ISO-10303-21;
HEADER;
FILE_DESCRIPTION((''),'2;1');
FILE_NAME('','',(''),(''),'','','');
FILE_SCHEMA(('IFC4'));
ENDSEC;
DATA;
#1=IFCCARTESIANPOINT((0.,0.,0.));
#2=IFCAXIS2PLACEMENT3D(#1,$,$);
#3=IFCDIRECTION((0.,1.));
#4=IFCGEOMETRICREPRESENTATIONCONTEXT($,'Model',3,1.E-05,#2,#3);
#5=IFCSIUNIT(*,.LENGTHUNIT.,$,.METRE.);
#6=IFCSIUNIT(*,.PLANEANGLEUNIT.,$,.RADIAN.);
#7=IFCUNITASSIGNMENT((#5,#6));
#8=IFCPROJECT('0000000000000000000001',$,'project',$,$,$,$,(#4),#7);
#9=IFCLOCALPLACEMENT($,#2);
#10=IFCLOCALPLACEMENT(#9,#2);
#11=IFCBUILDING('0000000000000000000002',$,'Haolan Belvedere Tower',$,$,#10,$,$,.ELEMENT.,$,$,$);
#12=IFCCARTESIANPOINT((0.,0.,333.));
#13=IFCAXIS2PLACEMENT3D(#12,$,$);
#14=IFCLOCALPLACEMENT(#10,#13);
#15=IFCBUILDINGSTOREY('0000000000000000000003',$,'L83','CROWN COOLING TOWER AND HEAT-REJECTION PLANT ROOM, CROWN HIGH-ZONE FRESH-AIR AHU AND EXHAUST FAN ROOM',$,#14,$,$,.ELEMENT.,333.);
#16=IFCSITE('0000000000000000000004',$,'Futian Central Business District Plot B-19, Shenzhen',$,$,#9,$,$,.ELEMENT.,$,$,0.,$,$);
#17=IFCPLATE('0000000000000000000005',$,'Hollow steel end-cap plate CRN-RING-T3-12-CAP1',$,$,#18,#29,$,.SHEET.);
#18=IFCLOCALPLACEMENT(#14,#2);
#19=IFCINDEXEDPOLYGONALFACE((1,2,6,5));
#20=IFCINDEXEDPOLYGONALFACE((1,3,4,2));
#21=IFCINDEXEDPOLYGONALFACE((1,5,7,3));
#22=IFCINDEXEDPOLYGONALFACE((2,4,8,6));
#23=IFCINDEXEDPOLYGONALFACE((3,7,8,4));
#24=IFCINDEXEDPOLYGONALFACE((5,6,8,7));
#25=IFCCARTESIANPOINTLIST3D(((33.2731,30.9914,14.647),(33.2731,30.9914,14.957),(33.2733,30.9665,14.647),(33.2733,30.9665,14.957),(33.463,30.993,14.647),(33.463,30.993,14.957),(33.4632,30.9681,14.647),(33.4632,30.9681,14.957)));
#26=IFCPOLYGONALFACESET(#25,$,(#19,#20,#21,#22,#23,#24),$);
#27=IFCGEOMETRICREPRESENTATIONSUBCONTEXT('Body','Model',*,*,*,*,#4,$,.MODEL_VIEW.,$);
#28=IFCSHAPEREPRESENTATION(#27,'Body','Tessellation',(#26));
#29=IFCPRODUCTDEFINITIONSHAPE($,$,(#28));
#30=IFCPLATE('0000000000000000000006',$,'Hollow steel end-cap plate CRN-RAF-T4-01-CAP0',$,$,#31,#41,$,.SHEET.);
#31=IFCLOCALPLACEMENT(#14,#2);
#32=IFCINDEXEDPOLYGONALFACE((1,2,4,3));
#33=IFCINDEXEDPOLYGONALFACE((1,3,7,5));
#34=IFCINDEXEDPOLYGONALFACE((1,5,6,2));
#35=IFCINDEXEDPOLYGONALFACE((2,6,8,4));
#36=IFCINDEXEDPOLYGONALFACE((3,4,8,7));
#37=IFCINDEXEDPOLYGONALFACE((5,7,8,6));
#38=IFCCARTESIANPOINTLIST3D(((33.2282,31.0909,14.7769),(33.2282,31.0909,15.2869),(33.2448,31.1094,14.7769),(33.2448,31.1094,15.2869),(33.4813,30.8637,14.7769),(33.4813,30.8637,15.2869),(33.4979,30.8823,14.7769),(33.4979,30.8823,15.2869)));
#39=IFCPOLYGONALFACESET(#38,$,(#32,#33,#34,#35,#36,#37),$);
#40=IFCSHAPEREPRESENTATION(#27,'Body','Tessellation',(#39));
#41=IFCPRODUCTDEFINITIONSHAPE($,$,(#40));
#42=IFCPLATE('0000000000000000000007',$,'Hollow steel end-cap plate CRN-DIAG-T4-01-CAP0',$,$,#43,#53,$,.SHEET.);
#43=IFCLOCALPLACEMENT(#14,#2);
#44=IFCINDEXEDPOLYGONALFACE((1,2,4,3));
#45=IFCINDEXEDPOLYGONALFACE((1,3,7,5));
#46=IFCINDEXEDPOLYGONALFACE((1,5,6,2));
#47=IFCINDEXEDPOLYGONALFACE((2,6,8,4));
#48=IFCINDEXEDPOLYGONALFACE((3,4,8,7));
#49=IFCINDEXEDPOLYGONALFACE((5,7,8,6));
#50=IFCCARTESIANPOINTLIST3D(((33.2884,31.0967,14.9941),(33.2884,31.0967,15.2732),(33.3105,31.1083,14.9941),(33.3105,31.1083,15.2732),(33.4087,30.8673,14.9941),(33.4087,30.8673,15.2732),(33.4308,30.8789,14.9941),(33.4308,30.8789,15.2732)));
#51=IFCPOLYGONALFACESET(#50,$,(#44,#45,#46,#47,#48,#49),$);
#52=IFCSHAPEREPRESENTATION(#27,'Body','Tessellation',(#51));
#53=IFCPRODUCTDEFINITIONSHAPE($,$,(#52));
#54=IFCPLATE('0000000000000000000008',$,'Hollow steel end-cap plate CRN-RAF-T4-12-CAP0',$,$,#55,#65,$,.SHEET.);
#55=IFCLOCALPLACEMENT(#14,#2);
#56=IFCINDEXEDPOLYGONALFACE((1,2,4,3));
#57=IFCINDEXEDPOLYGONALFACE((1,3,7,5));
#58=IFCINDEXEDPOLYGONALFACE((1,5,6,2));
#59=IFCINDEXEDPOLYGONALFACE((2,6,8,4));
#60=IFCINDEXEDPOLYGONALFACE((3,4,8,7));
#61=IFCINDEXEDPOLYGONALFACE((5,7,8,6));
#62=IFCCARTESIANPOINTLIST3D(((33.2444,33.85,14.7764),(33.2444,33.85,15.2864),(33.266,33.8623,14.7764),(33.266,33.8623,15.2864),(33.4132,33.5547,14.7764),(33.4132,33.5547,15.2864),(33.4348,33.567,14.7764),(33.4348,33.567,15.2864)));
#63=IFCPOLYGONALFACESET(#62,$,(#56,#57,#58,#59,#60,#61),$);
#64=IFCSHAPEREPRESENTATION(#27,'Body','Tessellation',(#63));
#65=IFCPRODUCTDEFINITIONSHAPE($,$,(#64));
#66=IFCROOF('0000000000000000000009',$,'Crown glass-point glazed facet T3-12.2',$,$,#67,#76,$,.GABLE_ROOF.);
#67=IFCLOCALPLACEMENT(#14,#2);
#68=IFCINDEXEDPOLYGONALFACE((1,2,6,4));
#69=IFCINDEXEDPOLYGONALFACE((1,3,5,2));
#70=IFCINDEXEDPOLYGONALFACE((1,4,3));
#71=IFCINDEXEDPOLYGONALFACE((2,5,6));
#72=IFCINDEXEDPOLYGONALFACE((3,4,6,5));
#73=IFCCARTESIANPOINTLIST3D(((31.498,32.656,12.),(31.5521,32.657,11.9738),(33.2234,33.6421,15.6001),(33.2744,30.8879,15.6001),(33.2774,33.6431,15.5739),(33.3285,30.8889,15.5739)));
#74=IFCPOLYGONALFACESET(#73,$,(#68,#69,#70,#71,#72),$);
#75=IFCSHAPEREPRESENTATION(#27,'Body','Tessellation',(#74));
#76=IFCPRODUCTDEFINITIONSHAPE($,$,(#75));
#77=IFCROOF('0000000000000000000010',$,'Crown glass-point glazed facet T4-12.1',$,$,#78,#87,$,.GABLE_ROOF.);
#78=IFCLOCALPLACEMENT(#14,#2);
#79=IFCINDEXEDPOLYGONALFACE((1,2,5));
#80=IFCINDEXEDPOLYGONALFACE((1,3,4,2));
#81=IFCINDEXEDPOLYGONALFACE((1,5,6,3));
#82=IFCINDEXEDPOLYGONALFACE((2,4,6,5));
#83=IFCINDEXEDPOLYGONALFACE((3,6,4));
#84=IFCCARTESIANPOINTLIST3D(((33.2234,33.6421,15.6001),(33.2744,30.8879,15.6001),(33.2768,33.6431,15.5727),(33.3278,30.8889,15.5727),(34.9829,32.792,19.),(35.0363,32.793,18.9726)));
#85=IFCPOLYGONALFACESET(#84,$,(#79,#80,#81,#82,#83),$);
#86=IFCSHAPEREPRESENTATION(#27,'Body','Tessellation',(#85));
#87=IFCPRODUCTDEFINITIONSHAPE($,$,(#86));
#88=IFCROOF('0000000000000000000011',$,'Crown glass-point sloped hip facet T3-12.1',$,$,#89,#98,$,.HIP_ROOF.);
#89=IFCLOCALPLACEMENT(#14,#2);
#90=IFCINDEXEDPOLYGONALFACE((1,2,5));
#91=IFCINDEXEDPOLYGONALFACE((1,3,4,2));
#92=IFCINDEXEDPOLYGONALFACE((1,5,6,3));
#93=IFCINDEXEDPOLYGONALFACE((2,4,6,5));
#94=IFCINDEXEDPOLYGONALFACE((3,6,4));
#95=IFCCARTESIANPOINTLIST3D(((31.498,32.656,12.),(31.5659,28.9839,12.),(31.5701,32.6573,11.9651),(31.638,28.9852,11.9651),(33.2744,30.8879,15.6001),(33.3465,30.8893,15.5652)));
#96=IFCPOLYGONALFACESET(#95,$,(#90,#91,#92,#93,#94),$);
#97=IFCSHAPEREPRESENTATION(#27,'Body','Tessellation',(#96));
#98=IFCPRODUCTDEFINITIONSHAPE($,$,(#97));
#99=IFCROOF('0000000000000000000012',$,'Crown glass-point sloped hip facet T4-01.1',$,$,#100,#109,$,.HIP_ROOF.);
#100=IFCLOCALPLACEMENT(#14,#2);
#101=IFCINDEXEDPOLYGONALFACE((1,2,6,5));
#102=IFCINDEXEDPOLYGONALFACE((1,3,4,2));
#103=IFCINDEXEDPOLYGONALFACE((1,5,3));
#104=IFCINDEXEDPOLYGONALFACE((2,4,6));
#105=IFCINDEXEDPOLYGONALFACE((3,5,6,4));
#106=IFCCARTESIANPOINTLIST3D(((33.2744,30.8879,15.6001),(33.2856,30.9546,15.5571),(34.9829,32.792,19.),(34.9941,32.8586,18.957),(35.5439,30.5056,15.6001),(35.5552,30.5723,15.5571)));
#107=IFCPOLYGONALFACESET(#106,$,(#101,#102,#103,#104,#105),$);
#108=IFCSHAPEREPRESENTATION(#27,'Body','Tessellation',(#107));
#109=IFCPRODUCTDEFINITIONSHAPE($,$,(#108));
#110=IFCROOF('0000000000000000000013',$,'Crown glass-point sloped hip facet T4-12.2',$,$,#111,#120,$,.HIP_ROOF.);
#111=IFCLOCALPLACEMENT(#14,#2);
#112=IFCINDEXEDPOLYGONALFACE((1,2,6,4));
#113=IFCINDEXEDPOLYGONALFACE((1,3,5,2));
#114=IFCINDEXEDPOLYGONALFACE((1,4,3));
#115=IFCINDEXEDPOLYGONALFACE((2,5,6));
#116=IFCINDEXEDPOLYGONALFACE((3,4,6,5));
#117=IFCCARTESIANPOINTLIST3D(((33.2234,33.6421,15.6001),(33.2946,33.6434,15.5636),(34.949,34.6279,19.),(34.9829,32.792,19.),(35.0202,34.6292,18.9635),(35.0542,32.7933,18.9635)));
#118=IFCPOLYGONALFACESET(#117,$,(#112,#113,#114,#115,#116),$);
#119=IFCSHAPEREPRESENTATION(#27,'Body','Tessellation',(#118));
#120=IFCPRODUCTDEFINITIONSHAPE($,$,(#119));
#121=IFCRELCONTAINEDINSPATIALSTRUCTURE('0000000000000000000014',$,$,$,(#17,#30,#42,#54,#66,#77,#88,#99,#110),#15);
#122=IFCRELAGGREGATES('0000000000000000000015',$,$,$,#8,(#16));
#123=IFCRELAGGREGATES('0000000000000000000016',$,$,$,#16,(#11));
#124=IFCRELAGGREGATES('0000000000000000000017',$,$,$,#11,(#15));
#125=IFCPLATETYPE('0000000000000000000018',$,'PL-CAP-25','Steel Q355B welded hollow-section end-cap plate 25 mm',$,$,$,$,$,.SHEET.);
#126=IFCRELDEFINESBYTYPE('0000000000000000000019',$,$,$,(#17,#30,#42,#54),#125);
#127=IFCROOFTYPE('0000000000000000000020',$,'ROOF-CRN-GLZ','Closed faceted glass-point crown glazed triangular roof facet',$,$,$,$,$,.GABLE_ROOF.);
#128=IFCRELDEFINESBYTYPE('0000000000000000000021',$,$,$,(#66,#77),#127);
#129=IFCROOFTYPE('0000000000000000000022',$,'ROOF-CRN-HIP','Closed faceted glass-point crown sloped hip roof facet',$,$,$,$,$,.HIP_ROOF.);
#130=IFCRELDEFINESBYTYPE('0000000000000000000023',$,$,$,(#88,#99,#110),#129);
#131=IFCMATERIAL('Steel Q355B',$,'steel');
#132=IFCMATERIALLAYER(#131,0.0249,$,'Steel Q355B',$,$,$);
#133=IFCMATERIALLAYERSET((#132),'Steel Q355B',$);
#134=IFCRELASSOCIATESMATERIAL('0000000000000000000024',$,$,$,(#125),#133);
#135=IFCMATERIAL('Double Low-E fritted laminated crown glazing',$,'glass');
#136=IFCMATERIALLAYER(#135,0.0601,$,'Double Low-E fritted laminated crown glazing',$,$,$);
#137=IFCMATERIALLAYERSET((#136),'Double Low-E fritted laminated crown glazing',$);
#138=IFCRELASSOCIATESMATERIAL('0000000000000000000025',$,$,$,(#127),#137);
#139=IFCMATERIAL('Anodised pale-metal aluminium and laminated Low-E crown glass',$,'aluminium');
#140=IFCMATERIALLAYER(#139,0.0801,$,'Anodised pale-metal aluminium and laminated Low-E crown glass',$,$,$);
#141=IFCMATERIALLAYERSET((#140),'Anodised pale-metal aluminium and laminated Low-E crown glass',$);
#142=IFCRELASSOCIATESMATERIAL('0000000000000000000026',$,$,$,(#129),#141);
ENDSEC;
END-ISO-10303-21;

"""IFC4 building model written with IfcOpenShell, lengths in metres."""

from ifc_helpers import new_model, si_unit, direction, frame, origin, origin_2d, place, context, subcontext, project, spatial, polyline, rectangle, outline, extrude, material, layer, layer_set, type_object, element, save


model = new_model("IFC4")

# Units and contexts
model_context = context("Model", 3, precision=1e-05, world=origin(), true_north=direction((0.0, 1.0)))
body_context = subcontext(model_context, "Body", "Model", "MODEL_VIEW")
ifc_project = project(units=[si_unit("LENGTHUNIT", "METRE"), si_unit("PLANEANGLEUNIT", "RADIAN")], contexts=[model_context])

# Site, building, storey
site_placement = place(None, origin())
site = spatial("IfcSite", under=ifc_project, at=site_placement, Name="Futian Central Business District Plot B-19, Shenzhen", CompositionType="ELEMENT", RefElevation=0.0)
building_placement = place(site_placement, origin())
building = spatial("IfcBuilding", under=site, at=building_placement, Name="Haolan Belvedere Tower", CompositionType="ELEMENT")
storey_placement = place(building_placement, frame((0.0, 0.0, 333.0)))
storey = spatial("IfcBuildingStorey", under=building, at=storey_placement, Name="L83", Description="CROWN COOLING TOWER AND HEAT-REJECTION PLANT ROOM, CROWN HIGH-ZONE FRESH-AIR AHU AND EXHAUST FAN ROOM", CompositionType="ELEMENT", Elevation=333.0)

# Shared definitions
ifc_material_1 = material(Name="Steel Q355B", Category="steel")

# Plates
ifc_layer_1 = layer(ifc_material_1, 0.0249, Name="Steel Q355B")
ifc_layer_set_1 = layer_set([ifc_layer_1], Name="Steel Q355B")
plate_type = type_object("IfcPlateType", Name="PL-CAP-25", Description="Steel Q355B welded hollow-section end-cap plate 25 mm", PredefinedType="SHEET", material=ifc_layer_set_1)
for number, where, z_axis, x_axis, name in (
    (1, (33.3682, 30.9797, 14.647), (0.0, 0.0, 1.0), (0.999965, 0.008412, 0.0), "Hollow steel end-cap plate CRN-RING-T3-12-CAP1"),
):
    element("IfcPlate", number, at=place(storey_placement, frame(where, z_axis=z_axis, x_axis=x_axis)), inside=storey, type_object=plate_type, Name=name, PredefinedType="SHEET", context=body_context, shape_type="SweptSolid", body=[
        extrude(rectangle(XDim=0.1899, YDim=0.0249, at=origin_2d()), origin(), (0.0, 0.0, 1.0), 0.3101),
    ])
plate_1_placement = place(storey_placement, frame((33.363, 30.9866, 14.7769), z_axis=(0.0, 0.0, 1.0), x_axis=(0.744288, -0.667859, 0.0)))
element("IfcPlate", 2, at=plate_1_placement, inside=storey, type_object=plate_type, Name="Hollow steel end-cap plate CRN-RAF-T4-01-CAP0", PredefinedType="SHEET", context=body_context, shape_type="SweptSolid", body=[
    extrude(rectangle(XDim=0.3401, YDim=0.0249, at=origin_2d()), origin(), (0.0, 0.0, 1.0), 0.51),
])
plate_2_placement = place(storey_placement, frame((33.3596, 30.9878, 14.9941), z_axis=(0.0, 0.0, 1.0), x_axis=(0.46444, -0.885604, 0.0)))
element("IfcPlate", 3, at=plate_2_placement, inside=storey, type_object=plate_type, Name="Hollow steel end-cap plate CRN-DIAG-T4-01-CAP0", PredefinedType="SHEET", context=body_context, shape_type="SweptSolid", body=[
    extrude(rectangle(XDim=0.259, YDim=0.0249, at=origin_2d()), origin(), (0.0, 0.0, 1.0), 0.2791),
])
plate_3_placement = place(storey_placement, frame((33.3396, 33.7085, 14.7764), z_axis=(0.0, 0.0, 1.0), x_axis=(0.496141, -0.868242, 0.0)))
element("IfcPlate", 4, at=plate_3_placement, inside=storey, type_object=plate_type, Name="Hollow steel end-cap plate CRN-RAF-T4-12-CAP0", PredefinedType="SHEET", context=body_context, shape_type="SweptSolid", body=[
    extrude(rectangle(XDim=0.3401, YDim=0.0249, at=origin_2d()), origin(), (0.0, 0.0, 1.0), 0.51),
])

# Roofs
ifc_material_2 = material(Name="Double Low-E fritted laminated crown glazing", Category="glass")
ifc_layer_2 = layer(ifc_material_2, 0.0601, Name="Double Low-E fritted laminated crown glazing")
ifc_layer_set_2 = layer_set([ifc_layer_2], Name="Double Low-E fritted laminated crown glazing")
roof_type_1 = type_object("IfcRoofType", Name="ROOF-CRN-GLZ", Description="Closed faceted glass-point crown glazed triangular roof facet", PredefinedType="GABLE_ROOF", material=ifc_layer_set_2)
roof_1_placement = place(storey_placement, frame((31.498, 32.656, 12.0), z_axis=(-0.899875, -0.016672, 0.43583), x_axis=(0.404953, -0.403061, 0.820704)))
element("IfcRoof", 5, at=roof_1_placement, inside=storey, type_object=roof_type_1, Name="Crown glass-point glazed facet T3-12.2", PredefinedType="GABLE_ROOF", context=body_context, shape_type="SweptSolid", body=[
    extrude(outline(polyline([(0.0, 0.0), (4.3866, 0.0), (3.2558, 2.5118), (0.0, 0.0)])), origin(), (0.0, 0.0, -1.0), 0.0601),
])
roof_2_placement = place(storey_placement, frame((33.2234, 33.6421, 15.6001), z_axis=(-0.889672, -0.016483, 0.456303), x_axis=(0.018524, -0.999828, 0.0)))
element("IfcRoof", 6, at=roof_2_placement, inside=storey, type_object=roof_type_1, Name="Crown glass-point glazed facet T4-12.1", PredefinedType="GABLE_ROOF", context=body_context, shape_type="SweptSolid", body=[
    extrude(outline(polyline([(0.0, 0.0), (2.7546, 0.0), (0.8825, 3.8209), (0.0, 0.0)])), origin(), (0.0, 0.0, -1.0), 0.0601),
])
ifc_material_3 = material(Name="Anodised pale-metal aluminium and laminated Low-E crown glass", Category="aluminium")
ifc_layer_3 = layer(ifc_material_3, 0.0801, Name="Anodised pale-metal aluminium and laminated Low-E crown glass")
ifc_layer_set_3 = layer_set([ifc_layer_3], Name="Anodised pale-metal aluminium and laminated Low-E crown glass")
roof_type_2 = type_object("IfcRoofType", Name="ROOF-CRN-HIP", Description="Closed faceted glass-point crown sloped hip roof facet", PredefinedType="HIP_ROOF", material=ifc_layer_set_3)
roof_3_placement = place(storey_placement, frame((31.498, 32.656, 12.0), z_axis=(-0.899868, -0.016632, 0.435846), x_axis=(0.01848, -0.999829, 0.0)))
element("IfcRoof", 7, at=roof_3_placement, inside=storey, type_object=roof_type_2, Name="Crown glass-point sloped hip facet T3-12.1", PredefinedType="HIP_ROOF", context=body_context, shape_type="SweptSolid", body=[
    extrude(outline(polyline([(0.0, 0.0), (3.6727, 0.0), (1.8006, 4.0), (0.0, 0.0)])), origin(), (0.0, 0.0, -1.0), 0.0801),
])
roof_4_placement = place(storey_placement, frame((33.2744, 30.8879, 15.6001), z_axis=(-0.140189, -0.832179, 0.536493), x_axis=(0.986106, -0.166119, 0.0)))
element("IfcRoof", 8, at=roof_4_placement, inside=storey, type_object=roof_type_2, Name="Crown glass-point sloped hip facet T4-01.1", PredefinedType="HIP_ROOF", context=body_context, shape_type="SweptSolid", body=[
    extrude(outline(polyline([(0.0, 0.0), (2.3015, 0.0), (1.3685, 4.0288), (0.0, 0.0)])), origin(), (0.0, 0.0, -1.0), 0.0801),
])
roof_5_placement = place(storey_placement, frame((33.2234, 33.6421, 15.6001), z_axis=(-0.889669, -0.016445, 0.456311), x_axis=(0.448689, -0.21678, 0.866997)))
element("IfcRoof", 9, at=roof_5_placement, inside=storey, type_object=roof_type_2, Name="Crown glass-point sloped hip facet T4-12.2", PredefinedType="HIP_ROOF", context=body_context, shape_type="SweptSolid", body=[
    extrude(outline(polyline([(0.0, 0.0), (3.9215, 0.0), (3.5082, 1.7892), (0.0, 0.0)])), origin(), (0.0, 0.0, -1.0), 0.0801),
])

save(model, "model.ifc")
